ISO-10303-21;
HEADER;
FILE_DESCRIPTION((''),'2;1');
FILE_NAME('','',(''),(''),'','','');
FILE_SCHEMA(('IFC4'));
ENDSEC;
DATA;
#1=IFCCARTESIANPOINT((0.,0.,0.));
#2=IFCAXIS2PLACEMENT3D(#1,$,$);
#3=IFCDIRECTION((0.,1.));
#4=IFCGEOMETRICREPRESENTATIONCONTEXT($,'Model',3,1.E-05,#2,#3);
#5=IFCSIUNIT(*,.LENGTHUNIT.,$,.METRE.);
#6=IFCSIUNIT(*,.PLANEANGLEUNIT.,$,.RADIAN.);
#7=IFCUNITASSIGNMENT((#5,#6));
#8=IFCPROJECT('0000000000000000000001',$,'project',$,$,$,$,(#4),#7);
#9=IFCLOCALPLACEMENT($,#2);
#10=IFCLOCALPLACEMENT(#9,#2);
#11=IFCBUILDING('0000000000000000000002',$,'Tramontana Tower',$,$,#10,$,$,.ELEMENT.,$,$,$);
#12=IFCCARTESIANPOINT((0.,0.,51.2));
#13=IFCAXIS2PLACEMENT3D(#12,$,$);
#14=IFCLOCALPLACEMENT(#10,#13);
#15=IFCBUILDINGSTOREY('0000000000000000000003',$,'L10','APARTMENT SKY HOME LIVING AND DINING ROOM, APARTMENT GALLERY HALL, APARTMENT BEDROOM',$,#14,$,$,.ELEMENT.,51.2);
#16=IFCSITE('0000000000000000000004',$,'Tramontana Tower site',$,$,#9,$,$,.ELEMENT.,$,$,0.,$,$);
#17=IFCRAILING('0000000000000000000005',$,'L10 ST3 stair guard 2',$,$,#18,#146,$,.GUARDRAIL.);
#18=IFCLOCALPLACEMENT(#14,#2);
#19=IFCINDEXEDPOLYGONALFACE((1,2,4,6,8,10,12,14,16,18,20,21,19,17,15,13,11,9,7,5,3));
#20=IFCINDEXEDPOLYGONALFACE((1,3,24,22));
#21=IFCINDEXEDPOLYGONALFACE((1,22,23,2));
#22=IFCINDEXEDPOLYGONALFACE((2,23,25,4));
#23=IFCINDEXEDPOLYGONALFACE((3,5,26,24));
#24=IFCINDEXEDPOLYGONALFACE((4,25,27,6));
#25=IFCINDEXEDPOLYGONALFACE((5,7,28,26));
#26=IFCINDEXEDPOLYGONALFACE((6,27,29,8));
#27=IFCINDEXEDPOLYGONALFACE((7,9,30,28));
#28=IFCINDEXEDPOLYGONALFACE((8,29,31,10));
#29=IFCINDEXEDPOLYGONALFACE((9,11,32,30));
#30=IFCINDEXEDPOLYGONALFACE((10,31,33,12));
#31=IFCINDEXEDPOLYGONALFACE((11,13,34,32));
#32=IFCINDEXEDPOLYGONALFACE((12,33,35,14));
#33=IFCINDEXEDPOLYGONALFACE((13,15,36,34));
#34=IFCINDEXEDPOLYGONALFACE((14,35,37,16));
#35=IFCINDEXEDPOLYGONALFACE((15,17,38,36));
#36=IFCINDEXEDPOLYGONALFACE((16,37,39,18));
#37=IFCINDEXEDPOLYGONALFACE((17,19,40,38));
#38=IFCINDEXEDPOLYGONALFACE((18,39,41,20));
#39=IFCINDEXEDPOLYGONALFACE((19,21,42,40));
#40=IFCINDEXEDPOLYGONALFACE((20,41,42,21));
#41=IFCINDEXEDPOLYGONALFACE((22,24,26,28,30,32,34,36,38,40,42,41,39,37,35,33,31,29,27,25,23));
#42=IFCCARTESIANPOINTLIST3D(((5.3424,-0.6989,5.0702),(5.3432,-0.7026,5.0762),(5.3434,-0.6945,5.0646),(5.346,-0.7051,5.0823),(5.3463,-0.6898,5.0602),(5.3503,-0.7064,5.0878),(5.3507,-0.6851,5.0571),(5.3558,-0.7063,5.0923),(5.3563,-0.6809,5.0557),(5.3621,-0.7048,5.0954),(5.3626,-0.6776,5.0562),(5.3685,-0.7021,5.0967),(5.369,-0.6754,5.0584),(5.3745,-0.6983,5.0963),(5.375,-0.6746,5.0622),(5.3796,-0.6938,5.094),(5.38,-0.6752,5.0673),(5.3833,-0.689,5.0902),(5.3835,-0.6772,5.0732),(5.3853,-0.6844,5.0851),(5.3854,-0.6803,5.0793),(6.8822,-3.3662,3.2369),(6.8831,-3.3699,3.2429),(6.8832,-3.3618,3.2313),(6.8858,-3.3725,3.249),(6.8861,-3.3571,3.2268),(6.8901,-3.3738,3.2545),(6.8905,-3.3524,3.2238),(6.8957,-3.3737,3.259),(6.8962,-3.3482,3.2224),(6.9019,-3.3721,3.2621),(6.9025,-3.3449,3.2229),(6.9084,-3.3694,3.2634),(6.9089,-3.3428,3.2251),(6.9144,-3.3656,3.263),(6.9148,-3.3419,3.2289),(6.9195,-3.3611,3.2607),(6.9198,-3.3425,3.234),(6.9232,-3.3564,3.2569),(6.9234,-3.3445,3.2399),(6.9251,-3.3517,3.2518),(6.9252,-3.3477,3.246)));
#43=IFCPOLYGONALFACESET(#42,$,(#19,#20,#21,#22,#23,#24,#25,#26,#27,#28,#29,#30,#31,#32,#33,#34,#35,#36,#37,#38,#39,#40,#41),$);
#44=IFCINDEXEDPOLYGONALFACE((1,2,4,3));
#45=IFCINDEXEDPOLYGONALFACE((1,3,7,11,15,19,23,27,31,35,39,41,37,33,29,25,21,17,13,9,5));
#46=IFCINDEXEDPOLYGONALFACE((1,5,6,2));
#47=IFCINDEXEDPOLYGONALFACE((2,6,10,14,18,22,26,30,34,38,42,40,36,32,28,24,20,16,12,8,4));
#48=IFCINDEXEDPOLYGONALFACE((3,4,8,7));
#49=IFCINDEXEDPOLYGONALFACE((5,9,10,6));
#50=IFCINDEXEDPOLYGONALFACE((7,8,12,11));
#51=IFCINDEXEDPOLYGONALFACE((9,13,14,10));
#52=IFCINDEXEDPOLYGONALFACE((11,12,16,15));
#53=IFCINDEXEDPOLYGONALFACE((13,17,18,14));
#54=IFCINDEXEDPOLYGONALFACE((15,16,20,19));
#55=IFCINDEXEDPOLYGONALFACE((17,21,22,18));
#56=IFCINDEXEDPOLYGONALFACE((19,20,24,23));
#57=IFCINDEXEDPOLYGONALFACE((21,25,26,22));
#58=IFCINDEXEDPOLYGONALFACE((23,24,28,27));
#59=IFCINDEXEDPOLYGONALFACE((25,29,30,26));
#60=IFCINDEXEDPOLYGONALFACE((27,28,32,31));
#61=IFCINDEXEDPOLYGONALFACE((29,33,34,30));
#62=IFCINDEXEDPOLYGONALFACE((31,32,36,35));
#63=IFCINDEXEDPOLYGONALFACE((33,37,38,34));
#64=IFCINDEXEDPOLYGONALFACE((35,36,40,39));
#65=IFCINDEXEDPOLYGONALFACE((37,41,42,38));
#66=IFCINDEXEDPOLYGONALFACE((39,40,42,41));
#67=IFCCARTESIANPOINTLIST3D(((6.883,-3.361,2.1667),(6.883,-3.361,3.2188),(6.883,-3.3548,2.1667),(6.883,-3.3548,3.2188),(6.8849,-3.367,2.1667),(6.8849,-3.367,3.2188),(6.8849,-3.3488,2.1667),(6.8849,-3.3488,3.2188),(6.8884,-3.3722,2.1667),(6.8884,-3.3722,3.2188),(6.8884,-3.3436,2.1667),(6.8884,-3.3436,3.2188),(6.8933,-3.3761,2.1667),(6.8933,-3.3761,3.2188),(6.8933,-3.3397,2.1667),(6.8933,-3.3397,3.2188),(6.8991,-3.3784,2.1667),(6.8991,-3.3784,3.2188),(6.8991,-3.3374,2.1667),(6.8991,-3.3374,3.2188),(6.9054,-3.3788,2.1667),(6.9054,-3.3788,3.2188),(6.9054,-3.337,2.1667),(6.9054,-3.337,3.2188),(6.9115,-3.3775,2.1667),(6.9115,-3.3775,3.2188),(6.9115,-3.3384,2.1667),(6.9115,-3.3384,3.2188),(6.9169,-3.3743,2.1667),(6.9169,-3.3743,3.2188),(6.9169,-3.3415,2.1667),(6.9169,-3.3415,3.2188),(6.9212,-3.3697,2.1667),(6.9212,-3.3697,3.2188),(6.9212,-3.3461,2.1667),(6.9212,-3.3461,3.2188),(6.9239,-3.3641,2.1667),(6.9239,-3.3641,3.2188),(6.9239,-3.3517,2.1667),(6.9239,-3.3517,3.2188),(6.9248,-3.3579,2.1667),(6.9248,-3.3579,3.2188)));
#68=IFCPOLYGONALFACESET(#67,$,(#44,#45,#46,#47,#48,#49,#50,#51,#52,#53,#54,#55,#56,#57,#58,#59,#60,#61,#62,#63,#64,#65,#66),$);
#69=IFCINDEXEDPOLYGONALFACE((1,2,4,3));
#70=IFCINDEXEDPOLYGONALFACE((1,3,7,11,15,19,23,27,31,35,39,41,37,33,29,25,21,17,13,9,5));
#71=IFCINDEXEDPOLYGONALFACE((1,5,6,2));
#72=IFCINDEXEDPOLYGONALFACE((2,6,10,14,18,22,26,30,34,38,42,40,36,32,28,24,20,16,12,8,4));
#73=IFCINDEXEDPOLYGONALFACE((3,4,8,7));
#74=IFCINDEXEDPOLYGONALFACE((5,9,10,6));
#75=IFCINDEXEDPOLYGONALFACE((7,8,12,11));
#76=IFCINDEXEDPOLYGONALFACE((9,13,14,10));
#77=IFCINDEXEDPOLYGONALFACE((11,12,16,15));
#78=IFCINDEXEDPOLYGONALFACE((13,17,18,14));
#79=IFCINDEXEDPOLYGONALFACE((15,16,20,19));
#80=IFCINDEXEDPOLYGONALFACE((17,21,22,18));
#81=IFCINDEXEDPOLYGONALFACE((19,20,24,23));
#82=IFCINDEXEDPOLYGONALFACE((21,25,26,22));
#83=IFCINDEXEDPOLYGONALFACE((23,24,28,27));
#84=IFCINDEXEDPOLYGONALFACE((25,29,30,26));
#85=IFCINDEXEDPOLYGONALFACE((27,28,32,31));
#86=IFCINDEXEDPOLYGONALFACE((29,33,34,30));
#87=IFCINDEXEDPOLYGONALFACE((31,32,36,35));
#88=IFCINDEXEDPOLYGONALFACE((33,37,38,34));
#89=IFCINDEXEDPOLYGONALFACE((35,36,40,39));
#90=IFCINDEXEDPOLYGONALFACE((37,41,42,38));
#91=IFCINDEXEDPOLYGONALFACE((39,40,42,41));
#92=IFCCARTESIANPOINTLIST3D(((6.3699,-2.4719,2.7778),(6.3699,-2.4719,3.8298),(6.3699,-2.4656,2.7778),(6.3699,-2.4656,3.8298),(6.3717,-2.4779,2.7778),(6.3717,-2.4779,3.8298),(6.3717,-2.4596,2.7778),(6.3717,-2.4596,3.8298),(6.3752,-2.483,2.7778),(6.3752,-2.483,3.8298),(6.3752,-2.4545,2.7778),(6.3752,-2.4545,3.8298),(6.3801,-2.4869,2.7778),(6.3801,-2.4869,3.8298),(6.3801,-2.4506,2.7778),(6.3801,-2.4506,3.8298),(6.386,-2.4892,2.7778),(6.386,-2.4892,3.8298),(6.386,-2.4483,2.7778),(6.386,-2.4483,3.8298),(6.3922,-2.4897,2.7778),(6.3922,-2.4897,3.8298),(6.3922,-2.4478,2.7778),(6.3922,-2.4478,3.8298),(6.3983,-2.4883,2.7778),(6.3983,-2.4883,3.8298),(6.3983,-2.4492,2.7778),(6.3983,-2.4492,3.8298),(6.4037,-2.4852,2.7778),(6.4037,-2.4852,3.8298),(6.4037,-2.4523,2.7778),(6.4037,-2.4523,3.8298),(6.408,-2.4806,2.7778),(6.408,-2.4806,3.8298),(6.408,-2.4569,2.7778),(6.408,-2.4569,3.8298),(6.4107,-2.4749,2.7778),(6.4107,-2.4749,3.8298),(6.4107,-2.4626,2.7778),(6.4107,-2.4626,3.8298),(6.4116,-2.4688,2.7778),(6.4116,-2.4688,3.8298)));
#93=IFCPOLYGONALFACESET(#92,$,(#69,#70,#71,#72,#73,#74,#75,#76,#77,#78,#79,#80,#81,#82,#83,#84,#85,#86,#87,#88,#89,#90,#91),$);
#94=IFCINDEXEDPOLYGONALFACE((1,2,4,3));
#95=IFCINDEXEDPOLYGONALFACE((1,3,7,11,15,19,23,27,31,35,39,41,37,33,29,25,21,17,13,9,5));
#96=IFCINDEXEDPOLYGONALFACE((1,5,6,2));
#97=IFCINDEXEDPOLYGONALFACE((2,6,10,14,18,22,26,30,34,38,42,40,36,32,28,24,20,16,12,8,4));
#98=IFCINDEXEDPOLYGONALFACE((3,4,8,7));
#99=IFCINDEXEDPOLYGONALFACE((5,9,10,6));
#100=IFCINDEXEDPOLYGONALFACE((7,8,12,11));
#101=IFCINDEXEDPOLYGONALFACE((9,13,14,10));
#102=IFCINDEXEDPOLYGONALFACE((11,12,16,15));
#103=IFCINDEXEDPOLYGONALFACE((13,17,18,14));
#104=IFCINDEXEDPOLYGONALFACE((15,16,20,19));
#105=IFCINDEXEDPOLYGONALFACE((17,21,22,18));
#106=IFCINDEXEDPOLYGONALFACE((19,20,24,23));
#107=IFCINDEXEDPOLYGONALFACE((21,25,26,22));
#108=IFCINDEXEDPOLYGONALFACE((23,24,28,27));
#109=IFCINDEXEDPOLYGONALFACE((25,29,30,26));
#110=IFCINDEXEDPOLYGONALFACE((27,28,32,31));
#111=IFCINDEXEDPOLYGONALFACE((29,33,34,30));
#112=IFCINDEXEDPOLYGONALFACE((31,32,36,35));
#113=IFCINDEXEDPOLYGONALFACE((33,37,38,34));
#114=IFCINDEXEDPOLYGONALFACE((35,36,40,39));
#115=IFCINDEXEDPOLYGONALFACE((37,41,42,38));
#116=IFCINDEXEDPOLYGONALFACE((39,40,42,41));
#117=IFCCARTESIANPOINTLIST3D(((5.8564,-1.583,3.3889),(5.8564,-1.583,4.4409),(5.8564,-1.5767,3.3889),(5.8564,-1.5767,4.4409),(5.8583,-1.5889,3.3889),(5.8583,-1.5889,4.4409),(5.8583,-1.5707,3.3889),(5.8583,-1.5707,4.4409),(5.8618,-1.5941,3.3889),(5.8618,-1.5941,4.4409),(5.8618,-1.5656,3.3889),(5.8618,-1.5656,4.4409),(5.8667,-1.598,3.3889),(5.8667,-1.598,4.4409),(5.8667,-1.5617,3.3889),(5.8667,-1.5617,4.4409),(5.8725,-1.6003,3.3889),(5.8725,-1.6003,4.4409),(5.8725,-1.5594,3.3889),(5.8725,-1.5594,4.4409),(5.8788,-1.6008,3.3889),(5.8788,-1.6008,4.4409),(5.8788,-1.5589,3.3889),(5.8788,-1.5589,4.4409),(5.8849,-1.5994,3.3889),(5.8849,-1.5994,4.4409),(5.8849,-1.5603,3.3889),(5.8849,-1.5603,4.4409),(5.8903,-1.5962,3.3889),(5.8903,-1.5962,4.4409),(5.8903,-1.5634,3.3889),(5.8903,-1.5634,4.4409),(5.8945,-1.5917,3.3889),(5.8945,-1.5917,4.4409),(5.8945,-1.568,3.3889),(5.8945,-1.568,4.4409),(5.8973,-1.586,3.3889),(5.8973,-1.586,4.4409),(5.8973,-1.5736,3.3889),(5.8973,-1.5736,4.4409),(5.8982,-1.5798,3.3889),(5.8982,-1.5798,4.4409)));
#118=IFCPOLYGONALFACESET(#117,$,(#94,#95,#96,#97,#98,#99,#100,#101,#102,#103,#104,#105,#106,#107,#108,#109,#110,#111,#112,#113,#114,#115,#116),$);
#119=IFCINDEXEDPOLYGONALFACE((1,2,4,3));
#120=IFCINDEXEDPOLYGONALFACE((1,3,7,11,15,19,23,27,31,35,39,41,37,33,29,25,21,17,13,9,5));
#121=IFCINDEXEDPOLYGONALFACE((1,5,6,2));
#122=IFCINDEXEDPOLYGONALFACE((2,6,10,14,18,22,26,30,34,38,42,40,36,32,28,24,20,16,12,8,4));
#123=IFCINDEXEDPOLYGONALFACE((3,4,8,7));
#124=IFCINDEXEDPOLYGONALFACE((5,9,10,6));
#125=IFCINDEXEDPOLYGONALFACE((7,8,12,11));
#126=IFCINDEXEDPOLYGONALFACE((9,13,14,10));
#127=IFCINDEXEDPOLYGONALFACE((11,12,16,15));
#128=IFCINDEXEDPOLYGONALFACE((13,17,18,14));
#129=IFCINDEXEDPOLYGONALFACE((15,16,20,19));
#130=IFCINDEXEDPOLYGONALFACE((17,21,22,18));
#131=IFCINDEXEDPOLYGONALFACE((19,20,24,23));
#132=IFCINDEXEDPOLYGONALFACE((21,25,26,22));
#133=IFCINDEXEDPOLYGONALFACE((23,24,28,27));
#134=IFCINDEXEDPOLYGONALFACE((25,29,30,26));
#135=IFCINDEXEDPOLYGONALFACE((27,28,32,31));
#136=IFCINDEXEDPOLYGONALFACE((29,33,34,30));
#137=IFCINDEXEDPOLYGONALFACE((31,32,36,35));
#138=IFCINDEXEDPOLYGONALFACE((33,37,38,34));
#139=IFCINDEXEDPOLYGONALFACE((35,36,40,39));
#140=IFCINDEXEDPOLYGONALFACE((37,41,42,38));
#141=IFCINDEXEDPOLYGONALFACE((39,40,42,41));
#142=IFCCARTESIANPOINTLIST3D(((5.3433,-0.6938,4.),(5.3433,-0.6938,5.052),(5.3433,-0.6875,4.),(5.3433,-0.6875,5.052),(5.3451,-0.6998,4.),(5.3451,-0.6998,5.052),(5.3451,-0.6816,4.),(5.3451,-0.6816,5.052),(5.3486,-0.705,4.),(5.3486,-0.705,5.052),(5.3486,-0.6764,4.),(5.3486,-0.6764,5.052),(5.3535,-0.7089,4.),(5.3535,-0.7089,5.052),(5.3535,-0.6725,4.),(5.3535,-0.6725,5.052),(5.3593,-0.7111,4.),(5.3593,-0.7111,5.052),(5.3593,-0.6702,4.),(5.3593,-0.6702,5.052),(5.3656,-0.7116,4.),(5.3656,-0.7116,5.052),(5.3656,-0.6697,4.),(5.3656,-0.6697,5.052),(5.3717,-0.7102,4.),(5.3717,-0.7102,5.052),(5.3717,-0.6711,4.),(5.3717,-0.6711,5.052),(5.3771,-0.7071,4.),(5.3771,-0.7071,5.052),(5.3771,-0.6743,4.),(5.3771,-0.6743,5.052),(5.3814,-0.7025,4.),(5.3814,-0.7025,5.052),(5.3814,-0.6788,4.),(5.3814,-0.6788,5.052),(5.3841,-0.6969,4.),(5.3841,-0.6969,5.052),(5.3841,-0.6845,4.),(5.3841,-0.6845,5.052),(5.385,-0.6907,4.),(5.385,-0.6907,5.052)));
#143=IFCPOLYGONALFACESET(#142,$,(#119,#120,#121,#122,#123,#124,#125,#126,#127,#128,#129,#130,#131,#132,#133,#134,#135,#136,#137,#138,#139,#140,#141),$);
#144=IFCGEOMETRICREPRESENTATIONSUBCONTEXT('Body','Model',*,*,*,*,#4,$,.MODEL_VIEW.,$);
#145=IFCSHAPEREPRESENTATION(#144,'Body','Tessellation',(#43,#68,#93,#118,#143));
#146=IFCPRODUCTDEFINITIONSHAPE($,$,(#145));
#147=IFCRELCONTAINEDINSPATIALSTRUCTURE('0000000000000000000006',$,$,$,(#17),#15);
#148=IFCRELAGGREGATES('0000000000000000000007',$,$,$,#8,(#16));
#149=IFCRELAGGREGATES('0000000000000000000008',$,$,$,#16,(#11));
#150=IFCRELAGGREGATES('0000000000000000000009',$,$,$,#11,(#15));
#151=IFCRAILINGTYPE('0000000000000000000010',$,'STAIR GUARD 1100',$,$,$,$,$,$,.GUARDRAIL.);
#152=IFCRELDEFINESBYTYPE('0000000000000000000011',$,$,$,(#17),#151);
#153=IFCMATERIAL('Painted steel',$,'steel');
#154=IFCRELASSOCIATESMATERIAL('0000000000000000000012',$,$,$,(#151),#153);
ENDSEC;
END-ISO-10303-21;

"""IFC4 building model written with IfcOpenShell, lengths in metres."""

from ifc_helpers import new_model, si_unit, direction, frame, origin, origin_2d, place, context, subcontext, project, spatial, circle, extrude, material, type_object, element, save


model = new_model("IFC4")

# Units and contexts
model_context = context("Model", 3, precision=1e-05, world=origin(), true_north=direction((0.0, 1.0)))
body_context = subcontext(model_context, "Body", "Model", "MODEL_VIEW")
ifc_project = project(units=[si_unit("LENGTHUNIT", "METRE"), si_unit("PLANEANGLEUNIT", "RADIAN")], contexts=[model_context])

# Site, building, storey
site_placement = place(None, origin())
site = spatial("IfcSite", under=ifc_project, at=site_placement, Name="Tramontana Tower site", CompositionType="ELEMENT", RefElevation=0.0)
building_placement = place(site_placement, origin())
building = spatial("IfcBuilding", under=site, at=building_placement, Name="Tramontana Tower", CompositionType="ELEMENT")
storey_placement = place(building_placement, frame((0.0, 0.0, 51.2)))
storey = spatial("IfcBuildingStorey", under=building, at=storey_placement, Name="L10", Description="APARTMENT SKY HOME LIVING AND DINING ROOM, APARTMENT GALLERY HALL, APARTMENT BEDROOM", CompositionType="ELEMENT", Elevation=51.2)

# Railing
ifc_material_1 = material(Name="Painted steel", Category="steel")
railing_type_1 = type_object("IfcRailingType", Name="STAIR GUARD 1100", PredefinedType="GUARDRAIL", material=ifc_material_1)
railing_1_placement = place(storey_placement, frame((6.9038, -3.3579, 2.1667)))
element("IfcRailing", 1, at=railing_1_placement, inside=storey, type_object=railing_type_1, Name="L10 ST3 stair guard 2", PredefinedType="GUARDRAIL", context=body_context, shape_type="SweptSolid", body=[
    extrude(circle(Radius=0.0239, at=origin_2d()), frame((0.0, 0.0, 1.0762), z_axis=(-0.429616, 0.744181, 0.511493), x_axis=(-0.866044, -0.499967, 0.0)), (0.0, 0.0, 1.0), 3.5842),
    extrude(circle(Radius=0.021, at=origin_2d()), origin(), (0.0, 0.0, 1.0), 1.052),
    extrude(circle(Radius=0.021, at=origin_2d()), frame((-0.5132, 0.8892, 0.6111)), (0.0, 0.0, 1.0), 1.052),
    extrude(circle(Radius=0.021, at=origin_2d()), frame((-1.0266, 1.7781, 1.2222)), (0.0, 0.0, 1.0), 1.052),
    extrude(circle(Radius=0.021, at=origin_2d()), frame((-1.5398, 2.6672, 1.8333)), (0.0, 0.0, 1.0), 1.052),
])

save(model, "model.ifc")
